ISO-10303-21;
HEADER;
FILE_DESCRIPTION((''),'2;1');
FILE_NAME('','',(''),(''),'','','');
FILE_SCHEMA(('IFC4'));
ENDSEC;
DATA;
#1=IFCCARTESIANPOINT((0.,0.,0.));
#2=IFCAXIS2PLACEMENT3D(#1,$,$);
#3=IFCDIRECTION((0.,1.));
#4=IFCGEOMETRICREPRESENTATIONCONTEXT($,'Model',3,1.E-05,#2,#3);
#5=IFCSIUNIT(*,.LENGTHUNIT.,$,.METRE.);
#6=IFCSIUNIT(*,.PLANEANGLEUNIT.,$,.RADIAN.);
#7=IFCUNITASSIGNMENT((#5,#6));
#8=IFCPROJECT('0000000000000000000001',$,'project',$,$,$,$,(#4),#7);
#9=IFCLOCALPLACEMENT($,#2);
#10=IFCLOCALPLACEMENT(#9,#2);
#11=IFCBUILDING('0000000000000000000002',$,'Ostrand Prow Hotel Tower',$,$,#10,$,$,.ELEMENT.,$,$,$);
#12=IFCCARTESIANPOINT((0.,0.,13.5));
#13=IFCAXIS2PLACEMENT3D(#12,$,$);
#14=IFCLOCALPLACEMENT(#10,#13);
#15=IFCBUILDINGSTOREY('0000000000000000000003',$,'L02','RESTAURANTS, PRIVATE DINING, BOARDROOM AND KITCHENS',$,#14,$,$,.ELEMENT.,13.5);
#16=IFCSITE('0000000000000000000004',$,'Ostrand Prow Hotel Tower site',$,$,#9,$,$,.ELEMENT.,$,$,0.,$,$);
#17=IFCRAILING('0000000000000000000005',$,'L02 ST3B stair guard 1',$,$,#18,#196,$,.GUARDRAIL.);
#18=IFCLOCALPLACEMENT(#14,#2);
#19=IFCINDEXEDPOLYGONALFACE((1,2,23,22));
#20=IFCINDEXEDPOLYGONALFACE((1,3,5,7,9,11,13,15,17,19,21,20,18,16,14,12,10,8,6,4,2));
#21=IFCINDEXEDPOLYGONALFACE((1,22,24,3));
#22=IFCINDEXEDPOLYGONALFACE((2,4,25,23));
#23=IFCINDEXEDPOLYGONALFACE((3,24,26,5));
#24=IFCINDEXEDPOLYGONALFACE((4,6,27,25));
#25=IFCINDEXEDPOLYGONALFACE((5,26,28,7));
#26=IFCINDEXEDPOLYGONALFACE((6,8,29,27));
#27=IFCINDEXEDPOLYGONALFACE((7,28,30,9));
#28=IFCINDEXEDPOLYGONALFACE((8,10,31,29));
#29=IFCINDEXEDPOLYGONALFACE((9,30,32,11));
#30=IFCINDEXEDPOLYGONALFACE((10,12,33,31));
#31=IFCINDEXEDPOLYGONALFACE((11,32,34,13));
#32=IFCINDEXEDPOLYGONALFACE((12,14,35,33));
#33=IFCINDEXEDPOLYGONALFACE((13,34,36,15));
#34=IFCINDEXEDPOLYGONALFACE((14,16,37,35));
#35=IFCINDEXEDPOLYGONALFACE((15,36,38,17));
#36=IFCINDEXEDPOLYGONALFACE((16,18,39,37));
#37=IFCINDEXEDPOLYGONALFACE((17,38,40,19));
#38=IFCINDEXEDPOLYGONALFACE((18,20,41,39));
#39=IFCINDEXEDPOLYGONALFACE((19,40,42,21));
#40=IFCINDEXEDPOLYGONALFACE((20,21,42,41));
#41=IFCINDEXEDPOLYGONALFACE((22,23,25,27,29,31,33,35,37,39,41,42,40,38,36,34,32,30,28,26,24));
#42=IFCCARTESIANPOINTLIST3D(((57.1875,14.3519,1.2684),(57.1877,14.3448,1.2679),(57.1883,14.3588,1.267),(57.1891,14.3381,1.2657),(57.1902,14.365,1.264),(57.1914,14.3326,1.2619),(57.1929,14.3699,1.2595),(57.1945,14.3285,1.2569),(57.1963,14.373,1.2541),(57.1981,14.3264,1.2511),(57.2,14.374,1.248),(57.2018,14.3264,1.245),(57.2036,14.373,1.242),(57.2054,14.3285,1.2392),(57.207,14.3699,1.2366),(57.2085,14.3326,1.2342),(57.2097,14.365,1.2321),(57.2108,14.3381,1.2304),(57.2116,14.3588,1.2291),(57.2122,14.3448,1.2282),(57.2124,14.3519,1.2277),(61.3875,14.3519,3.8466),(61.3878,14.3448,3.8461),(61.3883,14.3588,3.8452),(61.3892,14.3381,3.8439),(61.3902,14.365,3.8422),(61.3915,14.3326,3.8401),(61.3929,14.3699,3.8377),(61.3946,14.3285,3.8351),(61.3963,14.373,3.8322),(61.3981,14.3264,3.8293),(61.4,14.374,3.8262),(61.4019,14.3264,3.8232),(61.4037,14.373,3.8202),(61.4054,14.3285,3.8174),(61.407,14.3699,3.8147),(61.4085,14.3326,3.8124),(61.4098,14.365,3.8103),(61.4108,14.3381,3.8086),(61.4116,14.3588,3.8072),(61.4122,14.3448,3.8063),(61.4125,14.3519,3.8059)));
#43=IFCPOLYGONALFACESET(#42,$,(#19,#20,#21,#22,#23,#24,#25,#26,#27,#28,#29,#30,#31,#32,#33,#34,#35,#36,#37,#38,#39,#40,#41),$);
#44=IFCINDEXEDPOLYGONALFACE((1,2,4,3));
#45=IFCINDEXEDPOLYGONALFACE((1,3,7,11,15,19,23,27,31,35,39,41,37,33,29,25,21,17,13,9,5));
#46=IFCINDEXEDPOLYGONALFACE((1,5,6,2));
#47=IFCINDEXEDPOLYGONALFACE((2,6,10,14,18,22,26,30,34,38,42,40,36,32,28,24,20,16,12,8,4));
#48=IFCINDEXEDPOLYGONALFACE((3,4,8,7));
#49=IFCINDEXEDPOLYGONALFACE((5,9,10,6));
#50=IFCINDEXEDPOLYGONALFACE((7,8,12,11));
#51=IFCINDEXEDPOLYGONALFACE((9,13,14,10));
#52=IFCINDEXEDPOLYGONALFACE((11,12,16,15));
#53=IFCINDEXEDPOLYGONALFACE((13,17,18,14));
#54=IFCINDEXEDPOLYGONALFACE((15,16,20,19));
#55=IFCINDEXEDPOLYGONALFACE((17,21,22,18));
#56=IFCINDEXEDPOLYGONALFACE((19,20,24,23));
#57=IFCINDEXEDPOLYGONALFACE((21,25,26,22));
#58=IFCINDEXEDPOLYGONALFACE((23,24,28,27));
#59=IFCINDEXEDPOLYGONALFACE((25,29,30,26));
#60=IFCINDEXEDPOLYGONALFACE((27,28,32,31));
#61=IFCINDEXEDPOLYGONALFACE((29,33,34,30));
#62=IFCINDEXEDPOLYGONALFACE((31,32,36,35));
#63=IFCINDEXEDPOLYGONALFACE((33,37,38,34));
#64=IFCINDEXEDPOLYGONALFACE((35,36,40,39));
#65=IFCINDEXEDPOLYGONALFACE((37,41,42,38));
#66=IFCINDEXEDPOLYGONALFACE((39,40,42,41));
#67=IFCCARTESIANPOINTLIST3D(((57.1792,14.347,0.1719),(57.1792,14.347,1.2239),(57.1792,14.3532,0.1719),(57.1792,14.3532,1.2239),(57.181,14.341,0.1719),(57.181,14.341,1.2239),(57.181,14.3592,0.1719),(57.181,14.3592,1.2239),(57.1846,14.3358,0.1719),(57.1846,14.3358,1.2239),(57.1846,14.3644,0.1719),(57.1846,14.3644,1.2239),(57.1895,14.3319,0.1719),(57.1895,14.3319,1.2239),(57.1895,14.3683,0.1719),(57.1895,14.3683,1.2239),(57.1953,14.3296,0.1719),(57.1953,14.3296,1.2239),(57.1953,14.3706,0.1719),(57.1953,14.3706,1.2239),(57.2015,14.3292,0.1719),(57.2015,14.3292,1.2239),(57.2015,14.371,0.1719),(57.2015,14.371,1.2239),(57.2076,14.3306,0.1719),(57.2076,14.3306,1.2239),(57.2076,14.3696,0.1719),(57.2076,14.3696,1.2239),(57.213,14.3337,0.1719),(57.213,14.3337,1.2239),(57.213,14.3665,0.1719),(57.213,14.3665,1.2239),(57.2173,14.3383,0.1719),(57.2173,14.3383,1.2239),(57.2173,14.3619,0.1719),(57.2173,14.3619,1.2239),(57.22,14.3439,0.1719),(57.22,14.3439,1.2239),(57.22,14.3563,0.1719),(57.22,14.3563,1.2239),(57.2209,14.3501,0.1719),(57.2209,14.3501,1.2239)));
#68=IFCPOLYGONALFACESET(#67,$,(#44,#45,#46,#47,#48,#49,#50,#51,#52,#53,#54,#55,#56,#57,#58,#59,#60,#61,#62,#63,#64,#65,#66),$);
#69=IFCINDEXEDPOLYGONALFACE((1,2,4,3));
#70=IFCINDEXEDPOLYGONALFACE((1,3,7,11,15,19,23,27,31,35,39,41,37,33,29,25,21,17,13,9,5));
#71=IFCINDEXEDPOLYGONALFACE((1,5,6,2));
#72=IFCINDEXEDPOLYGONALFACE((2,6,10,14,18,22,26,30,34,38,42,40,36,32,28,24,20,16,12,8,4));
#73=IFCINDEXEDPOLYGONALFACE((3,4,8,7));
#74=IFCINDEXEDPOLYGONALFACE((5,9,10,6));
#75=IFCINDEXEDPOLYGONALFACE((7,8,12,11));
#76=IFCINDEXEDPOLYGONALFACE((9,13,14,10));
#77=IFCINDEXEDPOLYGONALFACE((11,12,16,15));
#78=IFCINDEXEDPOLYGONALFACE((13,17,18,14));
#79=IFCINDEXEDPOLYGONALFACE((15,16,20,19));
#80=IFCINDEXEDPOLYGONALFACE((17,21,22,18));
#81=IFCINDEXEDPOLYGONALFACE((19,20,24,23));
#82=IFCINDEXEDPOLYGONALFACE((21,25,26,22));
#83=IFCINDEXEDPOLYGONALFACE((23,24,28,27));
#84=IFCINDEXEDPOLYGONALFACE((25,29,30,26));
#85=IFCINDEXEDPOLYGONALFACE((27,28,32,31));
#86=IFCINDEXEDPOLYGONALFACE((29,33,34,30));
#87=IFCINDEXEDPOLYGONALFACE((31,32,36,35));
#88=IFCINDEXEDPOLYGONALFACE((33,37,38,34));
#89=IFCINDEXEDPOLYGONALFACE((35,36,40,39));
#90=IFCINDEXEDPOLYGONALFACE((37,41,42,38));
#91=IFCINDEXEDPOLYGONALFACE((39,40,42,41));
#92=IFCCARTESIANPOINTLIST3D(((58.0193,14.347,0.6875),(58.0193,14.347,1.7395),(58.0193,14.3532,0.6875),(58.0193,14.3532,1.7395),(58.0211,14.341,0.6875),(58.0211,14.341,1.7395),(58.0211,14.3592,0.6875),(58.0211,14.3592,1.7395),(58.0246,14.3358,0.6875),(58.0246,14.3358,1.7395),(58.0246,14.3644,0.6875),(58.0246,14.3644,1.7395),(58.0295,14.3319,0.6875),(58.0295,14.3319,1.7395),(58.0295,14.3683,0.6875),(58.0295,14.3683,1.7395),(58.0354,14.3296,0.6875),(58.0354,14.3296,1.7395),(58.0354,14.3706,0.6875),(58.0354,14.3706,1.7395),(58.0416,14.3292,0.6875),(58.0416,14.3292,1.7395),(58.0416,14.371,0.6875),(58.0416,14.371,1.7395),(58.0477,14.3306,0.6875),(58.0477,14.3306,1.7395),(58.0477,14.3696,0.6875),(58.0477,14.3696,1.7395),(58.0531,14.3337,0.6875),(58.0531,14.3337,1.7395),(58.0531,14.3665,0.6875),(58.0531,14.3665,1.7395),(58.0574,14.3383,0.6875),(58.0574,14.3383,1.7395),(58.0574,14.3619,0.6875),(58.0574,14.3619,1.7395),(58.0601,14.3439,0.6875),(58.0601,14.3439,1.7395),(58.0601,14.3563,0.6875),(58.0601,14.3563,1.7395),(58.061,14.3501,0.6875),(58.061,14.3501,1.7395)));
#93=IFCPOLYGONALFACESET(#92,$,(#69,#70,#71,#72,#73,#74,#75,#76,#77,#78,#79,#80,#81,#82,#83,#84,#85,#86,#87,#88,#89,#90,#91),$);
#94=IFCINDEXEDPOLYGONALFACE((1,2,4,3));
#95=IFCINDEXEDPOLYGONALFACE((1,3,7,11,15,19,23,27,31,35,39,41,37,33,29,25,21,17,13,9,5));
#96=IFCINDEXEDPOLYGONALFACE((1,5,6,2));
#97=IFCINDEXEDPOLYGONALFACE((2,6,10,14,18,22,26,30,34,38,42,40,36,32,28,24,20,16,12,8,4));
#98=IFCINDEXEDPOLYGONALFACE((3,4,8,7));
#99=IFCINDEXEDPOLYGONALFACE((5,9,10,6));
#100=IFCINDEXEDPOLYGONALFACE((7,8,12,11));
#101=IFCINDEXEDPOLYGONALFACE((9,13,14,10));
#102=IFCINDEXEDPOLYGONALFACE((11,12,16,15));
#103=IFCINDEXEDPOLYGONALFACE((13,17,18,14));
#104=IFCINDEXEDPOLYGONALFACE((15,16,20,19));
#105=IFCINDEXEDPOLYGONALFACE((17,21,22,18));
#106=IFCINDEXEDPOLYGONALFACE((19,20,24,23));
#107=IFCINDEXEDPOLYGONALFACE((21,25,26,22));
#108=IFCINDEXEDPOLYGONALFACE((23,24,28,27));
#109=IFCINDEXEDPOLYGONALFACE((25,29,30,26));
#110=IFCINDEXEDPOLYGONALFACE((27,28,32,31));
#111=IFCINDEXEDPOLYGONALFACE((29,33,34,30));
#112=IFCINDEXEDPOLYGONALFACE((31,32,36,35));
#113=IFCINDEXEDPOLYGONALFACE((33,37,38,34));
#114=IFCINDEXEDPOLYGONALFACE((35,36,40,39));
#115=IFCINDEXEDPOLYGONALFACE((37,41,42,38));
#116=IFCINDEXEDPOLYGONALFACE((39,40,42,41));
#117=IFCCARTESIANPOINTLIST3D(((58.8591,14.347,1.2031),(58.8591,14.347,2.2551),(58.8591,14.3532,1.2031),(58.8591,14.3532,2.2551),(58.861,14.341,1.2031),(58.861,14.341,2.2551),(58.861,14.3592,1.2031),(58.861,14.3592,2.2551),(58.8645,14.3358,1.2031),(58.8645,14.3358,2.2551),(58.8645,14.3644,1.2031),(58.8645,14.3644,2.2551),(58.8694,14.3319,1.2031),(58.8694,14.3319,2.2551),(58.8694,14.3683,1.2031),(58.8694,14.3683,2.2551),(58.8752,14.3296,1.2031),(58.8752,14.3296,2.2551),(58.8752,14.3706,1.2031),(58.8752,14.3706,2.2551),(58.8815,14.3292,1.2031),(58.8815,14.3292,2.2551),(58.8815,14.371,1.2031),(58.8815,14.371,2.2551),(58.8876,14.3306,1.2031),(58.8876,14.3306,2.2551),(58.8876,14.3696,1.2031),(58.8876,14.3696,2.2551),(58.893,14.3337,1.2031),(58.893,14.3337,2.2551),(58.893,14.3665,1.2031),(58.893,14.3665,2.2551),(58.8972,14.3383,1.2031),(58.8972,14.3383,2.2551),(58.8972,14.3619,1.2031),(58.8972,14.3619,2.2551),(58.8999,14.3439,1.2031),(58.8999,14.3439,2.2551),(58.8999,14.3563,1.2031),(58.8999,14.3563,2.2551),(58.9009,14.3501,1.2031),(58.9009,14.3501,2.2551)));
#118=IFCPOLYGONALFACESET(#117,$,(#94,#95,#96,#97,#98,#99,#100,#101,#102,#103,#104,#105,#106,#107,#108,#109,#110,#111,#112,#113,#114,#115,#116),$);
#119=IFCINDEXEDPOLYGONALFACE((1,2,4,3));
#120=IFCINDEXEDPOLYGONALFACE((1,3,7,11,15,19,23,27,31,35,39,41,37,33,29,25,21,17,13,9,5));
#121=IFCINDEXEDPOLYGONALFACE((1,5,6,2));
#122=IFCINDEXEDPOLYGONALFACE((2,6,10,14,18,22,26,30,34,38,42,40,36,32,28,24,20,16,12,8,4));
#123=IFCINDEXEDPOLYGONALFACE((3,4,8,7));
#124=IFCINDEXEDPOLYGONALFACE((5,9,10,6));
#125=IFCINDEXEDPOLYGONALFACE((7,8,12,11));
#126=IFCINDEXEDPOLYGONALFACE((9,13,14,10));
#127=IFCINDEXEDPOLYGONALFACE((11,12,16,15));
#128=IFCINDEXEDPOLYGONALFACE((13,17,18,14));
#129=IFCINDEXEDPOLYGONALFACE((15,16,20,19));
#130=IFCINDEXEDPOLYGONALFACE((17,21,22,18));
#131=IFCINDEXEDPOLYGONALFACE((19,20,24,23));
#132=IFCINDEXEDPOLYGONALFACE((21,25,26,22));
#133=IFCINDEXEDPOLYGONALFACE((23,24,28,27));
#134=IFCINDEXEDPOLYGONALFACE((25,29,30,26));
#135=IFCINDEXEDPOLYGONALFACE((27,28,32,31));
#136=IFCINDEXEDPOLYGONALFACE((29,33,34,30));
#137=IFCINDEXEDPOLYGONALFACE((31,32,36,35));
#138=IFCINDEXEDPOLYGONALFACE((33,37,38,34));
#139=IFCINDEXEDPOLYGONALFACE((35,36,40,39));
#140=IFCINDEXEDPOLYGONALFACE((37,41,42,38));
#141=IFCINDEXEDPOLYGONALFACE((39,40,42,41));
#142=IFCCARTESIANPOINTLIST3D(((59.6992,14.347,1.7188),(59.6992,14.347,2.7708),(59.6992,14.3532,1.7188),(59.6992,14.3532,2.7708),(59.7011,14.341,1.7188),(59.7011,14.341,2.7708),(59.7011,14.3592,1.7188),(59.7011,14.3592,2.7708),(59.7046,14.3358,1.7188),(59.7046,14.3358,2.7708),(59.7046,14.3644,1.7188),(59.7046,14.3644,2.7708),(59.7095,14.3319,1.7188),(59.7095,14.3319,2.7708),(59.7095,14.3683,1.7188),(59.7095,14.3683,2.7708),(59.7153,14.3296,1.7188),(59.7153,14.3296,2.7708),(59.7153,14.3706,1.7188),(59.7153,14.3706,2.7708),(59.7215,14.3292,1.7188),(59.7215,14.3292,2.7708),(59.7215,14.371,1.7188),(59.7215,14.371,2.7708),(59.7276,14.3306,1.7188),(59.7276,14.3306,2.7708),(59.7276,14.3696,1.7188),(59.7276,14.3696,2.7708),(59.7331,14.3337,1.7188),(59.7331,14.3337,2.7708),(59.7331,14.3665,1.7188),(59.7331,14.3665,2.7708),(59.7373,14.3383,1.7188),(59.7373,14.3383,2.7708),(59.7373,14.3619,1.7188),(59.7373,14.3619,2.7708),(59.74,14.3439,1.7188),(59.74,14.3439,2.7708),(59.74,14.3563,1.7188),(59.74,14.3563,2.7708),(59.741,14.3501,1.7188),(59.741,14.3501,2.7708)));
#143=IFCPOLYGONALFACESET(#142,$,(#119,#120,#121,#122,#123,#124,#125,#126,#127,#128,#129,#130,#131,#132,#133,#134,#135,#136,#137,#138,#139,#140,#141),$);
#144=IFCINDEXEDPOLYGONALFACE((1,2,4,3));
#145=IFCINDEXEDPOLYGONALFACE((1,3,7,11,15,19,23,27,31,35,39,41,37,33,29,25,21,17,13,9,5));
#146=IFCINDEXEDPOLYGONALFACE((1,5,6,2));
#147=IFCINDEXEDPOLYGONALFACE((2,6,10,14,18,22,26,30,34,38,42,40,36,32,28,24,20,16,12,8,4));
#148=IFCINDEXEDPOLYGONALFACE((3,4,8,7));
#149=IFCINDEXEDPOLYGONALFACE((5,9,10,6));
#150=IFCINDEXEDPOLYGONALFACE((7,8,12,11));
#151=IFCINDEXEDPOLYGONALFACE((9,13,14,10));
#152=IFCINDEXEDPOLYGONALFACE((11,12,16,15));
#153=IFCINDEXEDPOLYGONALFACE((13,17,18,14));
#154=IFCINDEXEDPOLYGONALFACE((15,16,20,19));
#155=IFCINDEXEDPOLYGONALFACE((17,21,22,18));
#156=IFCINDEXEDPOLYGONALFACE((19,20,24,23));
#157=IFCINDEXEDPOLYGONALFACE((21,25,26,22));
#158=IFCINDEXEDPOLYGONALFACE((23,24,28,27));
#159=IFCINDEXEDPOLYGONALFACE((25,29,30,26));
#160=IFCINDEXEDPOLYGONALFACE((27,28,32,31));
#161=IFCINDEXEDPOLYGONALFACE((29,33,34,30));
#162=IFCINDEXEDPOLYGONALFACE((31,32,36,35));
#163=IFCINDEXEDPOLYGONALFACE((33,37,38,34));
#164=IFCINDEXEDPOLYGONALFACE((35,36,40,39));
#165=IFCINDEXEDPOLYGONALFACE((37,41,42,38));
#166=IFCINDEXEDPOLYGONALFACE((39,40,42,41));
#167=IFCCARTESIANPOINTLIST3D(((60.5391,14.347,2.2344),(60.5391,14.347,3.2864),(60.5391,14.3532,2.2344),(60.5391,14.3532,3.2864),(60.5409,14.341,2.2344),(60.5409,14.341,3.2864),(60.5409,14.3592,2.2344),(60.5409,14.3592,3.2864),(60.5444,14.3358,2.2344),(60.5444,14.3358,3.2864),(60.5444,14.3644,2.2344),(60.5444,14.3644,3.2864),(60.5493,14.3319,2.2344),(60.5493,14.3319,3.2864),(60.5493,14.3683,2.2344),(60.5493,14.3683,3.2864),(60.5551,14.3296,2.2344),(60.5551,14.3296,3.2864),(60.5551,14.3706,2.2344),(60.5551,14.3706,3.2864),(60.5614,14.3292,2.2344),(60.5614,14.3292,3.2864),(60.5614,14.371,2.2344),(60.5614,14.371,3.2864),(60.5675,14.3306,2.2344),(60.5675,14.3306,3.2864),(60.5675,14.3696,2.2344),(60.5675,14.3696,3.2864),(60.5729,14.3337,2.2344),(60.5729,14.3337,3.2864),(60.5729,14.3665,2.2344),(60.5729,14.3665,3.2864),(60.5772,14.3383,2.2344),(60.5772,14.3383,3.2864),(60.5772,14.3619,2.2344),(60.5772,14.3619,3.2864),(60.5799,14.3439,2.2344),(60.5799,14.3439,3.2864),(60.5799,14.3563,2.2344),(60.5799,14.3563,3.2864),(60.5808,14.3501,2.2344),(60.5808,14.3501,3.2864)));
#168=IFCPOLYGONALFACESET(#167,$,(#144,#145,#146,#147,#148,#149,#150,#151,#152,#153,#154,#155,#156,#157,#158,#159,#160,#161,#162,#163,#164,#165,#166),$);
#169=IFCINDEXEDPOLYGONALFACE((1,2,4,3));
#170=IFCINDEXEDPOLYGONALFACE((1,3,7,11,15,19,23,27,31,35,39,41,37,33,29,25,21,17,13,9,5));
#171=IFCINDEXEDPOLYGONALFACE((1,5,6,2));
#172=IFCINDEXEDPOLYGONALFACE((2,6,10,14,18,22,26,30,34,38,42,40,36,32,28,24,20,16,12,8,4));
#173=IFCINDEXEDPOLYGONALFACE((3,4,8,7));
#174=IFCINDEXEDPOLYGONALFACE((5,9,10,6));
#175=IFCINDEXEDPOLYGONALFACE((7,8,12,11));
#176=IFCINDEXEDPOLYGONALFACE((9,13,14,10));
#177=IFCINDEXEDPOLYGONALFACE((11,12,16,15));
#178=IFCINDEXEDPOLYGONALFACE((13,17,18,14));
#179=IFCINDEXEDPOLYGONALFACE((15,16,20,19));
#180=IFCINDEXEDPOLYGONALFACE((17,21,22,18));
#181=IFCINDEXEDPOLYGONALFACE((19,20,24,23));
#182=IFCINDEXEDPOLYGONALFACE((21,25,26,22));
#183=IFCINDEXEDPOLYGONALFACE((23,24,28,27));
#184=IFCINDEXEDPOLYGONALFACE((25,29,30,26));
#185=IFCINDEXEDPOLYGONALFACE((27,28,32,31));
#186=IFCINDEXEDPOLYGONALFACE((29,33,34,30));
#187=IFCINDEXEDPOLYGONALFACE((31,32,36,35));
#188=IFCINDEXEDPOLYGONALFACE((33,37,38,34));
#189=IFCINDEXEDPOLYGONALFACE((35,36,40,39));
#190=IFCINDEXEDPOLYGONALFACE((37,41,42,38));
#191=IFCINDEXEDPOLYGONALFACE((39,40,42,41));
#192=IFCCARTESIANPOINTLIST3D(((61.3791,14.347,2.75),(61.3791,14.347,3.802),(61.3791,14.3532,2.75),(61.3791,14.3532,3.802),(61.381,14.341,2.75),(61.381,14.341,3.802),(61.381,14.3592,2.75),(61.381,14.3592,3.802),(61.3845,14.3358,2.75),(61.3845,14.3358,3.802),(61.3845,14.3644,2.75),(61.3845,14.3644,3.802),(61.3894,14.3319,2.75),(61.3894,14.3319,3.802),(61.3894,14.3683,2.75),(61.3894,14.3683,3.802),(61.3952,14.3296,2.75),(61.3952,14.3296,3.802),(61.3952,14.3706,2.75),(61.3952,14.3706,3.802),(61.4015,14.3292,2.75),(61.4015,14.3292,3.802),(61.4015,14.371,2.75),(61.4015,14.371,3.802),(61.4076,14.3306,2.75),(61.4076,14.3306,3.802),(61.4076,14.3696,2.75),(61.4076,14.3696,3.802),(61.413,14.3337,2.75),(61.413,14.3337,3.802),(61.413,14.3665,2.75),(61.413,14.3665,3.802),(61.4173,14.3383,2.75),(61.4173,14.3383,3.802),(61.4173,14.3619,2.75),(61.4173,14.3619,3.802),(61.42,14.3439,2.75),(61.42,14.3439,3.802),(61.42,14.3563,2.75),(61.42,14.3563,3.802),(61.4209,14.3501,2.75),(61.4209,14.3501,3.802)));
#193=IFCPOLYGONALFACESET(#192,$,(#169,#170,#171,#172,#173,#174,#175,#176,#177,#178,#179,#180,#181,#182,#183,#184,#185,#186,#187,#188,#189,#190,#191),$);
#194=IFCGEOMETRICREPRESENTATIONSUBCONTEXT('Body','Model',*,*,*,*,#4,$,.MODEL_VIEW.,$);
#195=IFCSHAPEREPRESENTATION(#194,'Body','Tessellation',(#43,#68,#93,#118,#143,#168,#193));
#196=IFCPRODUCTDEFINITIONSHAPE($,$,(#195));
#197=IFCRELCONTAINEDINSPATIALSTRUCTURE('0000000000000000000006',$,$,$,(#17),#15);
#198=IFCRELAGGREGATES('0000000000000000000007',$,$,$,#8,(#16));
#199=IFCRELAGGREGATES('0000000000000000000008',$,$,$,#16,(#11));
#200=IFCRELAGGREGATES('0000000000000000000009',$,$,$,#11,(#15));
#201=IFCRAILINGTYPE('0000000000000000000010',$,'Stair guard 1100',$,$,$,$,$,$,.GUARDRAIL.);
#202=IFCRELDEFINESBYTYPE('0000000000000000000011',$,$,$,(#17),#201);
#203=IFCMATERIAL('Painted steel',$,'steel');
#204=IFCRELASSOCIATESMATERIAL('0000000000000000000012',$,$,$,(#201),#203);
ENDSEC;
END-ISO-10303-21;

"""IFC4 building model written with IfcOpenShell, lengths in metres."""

from ifc_helpers import new_model, si_unit, direction, frame, origin, origin_2d, place, context, subcontext, project, spatial, circle, extrude, material, type_object, element, save


model = new_model("IFC4")

# Units and contexts
model_context = context("Model", 3, precision=1e-05, world=origin(), true_north=direction((0.0, 1.0)))
body_context = subcontext(model_context, "Body", "Model", "MODEL_VIEW")
ifc_project = project(units=[si_unit("LENGTHUNIT", "METRE"), si_unit("PLANEANGLEUNIT", "RADIAN")], contexts=[model_context])

# Site, building, storey
site_placement = place(None, origin())
site = spatial("IfcSite", under=ifc_project, at=site_placement, Name="Ostrand Prow Hotel Tower site", CompositionType="ELEMENT", RefElevation=0.0)
building_placement = place(site_placement, origin())
building = spatial("IfcBuilding", under=site, at=building_placement, Name="Ostrand Prow Hotel Tower", CompositionType="ELEMENT")
storey_placement = place(building_placement, frame((0.0, 0.0, 13.5)))
storey = spatial("IfcBuildingStorey", under=building, at=storey_placement, Name="L02", Description="RESTAURANTS, PRIVATE DINING, BOARDROOM AND KITCHENS", CompositionType="ELEMENT", Elevation=13.5)

# Railing
ifc_material_1 = material(Name="Painted steel", Category="steel")
railing_type_1 = type_object("IfcRailingType", Name="Stair guard 1100", PredefinedType="GUARDRAIL", material=ifc_material_1)
railing_1_placement = place(storey_placement, frame((57.2, 14.3501, 0.1719)))
element("IfcRailing", 1, at=railing_1_placement, inside=storey, type_object=railing_type_1, Name="L02 ST3B stair guard 1", PredefinedType="GUARDRAIL", context=body_context, shape_type="SweptSolid", body=[
    extrude(circle(Radius=0.0239, at=origin_2d()), frame((0.0, 0.0, 1.0762), z_axis=(0.852243, 0.0, 0.523146), x_axis=(0.0, 1.0, 0.0)), (0.0, 0.0, 1.0), 4.9282),
    extrude(circle(Radius=0.021, at=origin_2d()), origin(), (0.0, 0.0, 1.0), 1.052),
    extrude(circle(Radius=0.021, at=origin_2d()), frame((0.8401, 0.0, 0.5156)), (0.0, 0.0, 1.0), 1.052),
    extrude(circle(Radius=0.021, at=origin_2d()), frame((1.6799, 0.0, 1.0312)), (0.0, 0.0, 1.0), 1.052),
    extrude(circle(Radius=0.021, at=origin_2d()), frame((2.52, 0.0, 1.5469)), (0.0, 0.0, 1.0), 1.052),
    extrude(circle(Radius=0.021, at=origin_2d()), frame((3.3599, 0.0, 2.0625)), (0.0, 0.0, 1.0), 1.052),
    extrude(circle(Radius=0.021, at=origin_2d()), frame((4.2, 0.0, 2.5781)), (0.0, 0.0, 1.0), 1.052),
])

save(model, "model.ifc")
